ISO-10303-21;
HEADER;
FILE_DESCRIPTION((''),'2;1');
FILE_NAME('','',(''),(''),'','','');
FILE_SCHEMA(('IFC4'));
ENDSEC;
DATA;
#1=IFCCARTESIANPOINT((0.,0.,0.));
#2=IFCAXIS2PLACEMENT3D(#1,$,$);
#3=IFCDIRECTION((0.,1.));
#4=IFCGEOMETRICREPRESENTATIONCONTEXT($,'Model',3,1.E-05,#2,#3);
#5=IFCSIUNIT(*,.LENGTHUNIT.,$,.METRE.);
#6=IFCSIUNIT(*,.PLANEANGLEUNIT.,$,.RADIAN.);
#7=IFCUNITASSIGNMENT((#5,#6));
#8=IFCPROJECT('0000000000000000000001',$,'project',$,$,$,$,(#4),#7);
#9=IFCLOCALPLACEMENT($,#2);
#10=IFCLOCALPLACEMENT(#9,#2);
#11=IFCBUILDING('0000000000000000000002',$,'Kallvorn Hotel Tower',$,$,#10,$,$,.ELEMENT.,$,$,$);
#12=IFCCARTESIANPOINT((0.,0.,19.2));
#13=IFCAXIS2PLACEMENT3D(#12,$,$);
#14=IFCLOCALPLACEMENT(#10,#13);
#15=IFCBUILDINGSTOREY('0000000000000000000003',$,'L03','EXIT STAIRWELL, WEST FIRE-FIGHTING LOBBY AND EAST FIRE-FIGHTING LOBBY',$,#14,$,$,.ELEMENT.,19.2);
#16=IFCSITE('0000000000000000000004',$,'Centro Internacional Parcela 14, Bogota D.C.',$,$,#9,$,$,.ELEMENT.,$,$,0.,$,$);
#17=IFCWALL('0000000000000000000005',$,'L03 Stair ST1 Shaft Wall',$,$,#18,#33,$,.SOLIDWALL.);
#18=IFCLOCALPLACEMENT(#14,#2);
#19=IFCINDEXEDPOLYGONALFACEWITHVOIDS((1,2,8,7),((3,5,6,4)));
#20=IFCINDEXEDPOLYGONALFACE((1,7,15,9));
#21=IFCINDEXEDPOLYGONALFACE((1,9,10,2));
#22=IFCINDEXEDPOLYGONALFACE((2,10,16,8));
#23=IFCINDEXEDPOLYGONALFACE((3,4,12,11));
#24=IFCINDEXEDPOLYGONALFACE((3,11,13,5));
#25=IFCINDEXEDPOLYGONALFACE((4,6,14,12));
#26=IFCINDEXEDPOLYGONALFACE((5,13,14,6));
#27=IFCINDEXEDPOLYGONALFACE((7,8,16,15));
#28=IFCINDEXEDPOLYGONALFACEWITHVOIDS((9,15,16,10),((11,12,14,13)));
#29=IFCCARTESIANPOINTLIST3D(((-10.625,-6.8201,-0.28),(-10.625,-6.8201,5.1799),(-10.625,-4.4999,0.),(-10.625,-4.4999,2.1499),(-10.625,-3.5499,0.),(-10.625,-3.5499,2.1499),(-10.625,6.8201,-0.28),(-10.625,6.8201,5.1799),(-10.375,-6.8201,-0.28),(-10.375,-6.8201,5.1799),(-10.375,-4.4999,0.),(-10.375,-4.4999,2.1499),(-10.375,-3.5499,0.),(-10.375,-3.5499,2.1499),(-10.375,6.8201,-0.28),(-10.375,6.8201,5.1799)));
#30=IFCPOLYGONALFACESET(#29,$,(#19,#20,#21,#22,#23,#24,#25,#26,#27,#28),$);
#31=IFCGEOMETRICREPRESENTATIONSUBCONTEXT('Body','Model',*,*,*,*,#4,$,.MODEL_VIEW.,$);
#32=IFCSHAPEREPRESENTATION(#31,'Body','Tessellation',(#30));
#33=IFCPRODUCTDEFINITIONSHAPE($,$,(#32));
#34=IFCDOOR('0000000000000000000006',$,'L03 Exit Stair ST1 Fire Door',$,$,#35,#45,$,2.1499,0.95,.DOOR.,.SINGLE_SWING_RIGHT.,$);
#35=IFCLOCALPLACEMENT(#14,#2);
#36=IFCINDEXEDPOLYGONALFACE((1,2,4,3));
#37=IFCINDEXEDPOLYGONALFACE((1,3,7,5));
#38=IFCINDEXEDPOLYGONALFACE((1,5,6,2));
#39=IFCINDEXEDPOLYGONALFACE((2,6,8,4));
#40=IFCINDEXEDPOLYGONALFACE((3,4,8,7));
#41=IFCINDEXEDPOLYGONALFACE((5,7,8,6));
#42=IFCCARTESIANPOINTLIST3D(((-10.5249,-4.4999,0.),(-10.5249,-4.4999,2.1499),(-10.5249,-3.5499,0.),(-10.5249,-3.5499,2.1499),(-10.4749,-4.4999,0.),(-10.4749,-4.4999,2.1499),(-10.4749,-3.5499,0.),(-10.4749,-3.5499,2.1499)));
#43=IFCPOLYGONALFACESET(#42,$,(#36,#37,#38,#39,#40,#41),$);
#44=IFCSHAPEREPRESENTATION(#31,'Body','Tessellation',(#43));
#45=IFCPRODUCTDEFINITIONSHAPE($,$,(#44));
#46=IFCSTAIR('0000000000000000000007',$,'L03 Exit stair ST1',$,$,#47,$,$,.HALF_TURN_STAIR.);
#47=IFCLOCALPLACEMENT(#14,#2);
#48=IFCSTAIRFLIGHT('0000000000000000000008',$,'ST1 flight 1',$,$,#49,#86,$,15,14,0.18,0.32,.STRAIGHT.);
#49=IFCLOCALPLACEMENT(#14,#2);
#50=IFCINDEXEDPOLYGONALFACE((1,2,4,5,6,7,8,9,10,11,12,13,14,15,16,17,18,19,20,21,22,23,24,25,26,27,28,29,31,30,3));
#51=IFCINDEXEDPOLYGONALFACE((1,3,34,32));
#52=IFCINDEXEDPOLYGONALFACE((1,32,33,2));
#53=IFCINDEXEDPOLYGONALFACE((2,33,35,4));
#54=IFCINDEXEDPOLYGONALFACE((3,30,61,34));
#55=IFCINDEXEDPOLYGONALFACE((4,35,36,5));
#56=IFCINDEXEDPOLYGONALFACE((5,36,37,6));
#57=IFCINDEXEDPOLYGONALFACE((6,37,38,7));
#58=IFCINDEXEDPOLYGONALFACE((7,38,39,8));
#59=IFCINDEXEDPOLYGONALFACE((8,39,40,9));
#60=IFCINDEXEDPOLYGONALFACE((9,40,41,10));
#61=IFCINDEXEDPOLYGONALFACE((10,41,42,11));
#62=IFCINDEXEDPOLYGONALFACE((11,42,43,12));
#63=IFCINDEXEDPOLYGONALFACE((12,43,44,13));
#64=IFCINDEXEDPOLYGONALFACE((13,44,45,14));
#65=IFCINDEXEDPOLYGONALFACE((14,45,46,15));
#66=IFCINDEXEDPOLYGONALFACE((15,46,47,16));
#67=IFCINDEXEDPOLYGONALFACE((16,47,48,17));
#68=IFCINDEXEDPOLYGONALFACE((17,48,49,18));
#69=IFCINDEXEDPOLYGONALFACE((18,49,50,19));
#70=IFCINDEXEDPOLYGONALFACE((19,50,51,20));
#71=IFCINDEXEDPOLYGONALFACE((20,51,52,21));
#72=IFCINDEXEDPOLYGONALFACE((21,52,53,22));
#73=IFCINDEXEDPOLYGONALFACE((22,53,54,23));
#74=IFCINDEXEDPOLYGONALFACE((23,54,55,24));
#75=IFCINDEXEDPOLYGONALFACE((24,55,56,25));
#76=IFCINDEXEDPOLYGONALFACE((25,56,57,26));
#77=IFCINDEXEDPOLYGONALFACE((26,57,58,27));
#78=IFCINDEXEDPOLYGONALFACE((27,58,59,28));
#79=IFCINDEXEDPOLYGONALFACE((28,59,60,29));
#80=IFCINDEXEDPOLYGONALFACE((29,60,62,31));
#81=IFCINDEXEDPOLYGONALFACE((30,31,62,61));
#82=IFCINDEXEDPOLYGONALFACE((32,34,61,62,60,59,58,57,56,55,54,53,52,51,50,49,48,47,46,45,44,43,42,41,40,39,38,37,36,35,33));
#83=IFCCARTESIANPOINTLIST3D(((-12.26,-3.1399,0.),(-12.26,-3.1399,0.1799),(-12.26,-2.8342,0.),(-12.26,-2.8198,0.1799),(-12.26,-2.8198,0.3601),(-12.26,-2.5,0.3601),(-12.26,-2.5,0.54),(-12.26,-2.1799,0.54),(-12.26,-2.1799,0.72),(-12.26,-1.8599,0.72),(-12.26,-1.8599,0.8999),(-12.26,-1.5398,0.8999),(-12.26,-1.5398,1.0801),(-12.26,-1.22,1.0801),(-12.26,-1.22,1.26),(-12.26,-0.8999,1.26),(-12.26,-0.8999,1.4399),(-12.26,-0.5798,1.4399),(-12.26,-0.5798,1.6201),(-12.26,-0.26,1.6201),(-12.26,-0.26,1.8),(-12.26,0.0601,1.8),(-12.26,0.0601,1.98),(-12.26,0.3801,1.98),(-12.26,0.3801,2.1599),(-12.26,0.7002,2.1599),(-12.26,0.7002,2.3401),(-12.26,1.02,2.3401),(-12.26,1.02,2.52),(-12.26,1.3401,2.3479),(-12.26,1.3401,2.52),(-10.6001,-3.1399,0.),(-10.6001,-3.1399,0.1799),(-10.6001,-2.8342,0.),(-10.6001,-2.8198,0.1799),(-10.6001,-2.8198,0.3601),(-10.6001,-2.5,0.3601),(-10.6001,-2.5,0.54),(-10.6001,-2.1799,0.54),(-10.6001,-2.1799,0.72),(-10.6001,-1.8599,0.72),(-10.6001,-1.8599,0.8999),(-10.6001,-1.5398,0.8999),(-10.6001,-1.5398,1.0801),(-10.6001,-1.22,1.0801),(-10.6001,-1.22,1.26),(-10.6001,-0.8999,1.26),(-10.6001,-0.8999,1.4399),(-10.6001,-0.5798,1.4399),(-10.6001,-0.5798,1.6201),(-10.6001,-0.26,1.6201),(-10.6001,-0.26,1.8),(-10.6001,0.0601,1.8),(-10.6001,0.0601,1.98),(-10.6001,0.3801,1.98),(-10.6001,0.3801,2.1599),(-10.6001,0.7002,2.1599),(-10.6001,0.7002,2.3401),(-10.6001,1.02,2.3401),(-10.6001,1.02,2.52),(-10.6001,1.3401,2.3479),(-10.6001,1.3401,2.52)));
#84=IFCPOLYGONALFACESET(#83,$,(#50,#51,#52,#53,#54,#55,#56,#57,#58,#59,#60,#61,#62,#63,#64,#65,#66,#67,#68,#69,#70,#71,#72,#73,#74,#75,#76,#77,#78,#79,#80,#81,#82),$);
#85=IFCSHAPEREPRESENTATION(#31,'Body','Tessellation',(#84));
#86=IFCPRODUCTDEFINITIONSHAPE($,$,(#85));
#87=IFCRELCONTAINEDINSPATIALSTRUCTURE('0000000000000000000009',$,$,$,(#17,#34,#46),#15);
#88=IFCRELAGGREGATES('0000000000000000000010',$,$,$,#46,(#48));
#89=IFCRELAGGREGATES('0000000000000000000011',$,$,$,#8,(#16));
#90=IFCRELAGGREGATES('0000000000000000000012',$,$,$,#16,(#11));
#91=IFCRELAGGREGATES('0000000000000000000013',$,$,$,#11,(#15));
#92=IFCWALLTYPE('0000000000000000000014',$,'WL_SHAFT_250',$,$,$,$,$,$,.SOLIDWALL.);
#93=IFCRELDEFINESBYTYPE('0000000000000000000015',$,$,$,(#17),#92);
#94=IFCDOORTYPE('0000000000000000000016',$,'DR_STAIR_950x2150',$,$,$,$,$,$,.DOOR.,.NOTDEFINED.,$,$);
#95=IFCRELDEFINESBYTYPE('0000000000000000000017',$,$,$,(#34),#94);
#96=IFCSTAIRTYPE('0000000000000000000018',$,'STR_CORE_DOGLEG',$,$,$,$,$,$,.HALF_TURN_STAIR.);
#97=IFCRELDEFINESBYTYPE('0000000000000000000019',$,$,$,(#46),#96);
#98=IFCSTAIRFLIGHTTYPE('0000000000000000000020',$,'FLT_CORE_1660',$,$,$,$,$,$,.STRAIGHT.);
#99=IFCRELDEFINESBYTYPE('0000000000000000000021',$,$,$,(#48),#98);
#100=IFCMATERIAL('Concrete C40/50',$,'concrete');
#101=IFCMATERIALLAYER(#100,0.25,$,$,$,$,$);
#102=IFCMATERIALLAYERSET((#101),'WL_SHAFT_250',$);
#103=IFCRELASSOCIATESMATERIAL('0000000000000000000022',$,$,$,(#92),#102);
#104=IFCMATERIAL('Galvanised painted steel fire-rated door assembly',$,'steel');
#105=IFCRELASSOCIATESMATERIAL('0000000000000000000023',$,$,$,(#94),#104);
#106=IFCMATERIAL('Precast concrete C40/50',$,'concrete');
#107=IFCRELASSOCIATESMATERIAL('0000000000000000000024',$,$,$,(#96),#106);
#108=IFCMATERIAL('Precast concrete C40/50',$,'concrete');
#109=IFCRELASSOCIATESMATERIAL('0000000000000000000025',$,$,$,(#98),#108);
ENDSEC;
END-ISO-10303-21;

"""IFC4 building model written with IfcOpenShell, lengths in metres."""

from ifc_helpers import new_model, si_unit, direction, frame, frame_2d, origin, place, context, subcontext, project, spatial, polyline, rectangle, outline, extrude, material, layer, layer_set, type_object, element, fill, aggregate, save


model = new_model("IFC4")

# Units and contexts
model_context = context("Model", 3, precision=1e-05, world=origin(), true_north=direction((0.0, 1.0)))
body_context = subcontext(model_context, "Body", "Model", "MODEL_VIEW")
ifc_project = project(units=[si_unit("LENGTHUNIT", "METRE"), si_unit("PLANEANGLEUNIT", "RADIAN")], contexts=[model_context])

# Site, building, storey
site_placement = place(None, origin())
site = spatial("IfcSite", under=ifc_project, at=site_placement, Name="Centro Internacional Parcela 14, Bogota D.C.", CompositionType="ELEMENT", RefElevation=0.0)
building_placement = place(site_placement, origin())
building = spatial("IfcBuilding", under=site, at=building_placement, Name="Kallvorn Hotel Tower", CompositionType="ELEMENT")
storey_placement = place(building_placement, frame((0.0, 0.0, 19.2)))
storey = spatial("IfcBuildingStorey", under=building, at=storey_placement, Name="L03", Description="EXIT STAIRWELL, WEST FIRE-FIGHTING LOBBY AND EAST FIRE-FIGHTING LOBBY", CompositionType="ELEMENT", Elevation=19.2)

# Wall, opening, door
ifc_material_1 = material(Name="Concrete C40/50", Category="concrete")
ifc_layer_1 = layer(ifc_material_1, 0.25)
ifc_layer_set_1 = layer_set([ifc_layer_1], Name="WL_SHAFT_250")
wall_type_1 = type_object("IfcWallType", Name="WL_SHAFT_250", PredefinedType="SOLIDWALL", material=ifc_layer_set_1)
wall_1_placement = place(storey_placement, frame((-10.5, -6.8201, -0.28), z_axis=(0.0, 0.0, 1.0), x_axis=(0.0, 1.0, 0.0)))
wall_1 = element("IfcWall", 1, at=wall_1_placement, inside=storey, type_object=wall_type_1, Name="L03 Stair ST1 Shaft Wall", PredefinedType="SOLIDWALL", context=body_context, shape_type="SweptSolid", body=[
    extrude(rectangle(XDim=13.6401, YDim=0.25, at=frame_2d((6.8201, 0.0))), origin(), (0.0, 0.0, 1.0), 5.46),
])
opening_1_placement = place(wall_1_placement, frame((2.3201, 0.0, 0.28)))
opening_1 = element("IfcOpeningElement", 2, at=opening_1_placement, cuts=wall_1, PredefinedType="OPENING", context=body_context, shape_type="SweptSolid", body=[
    extrude(rectangle(XDim=0.95, YDim=2.1499, at=frame_2d((0.4751, 1.075))), frame((0.0, 0.1399, 0.0), z_axis=(0.0, -1.0, 0.0), x_axis=(1.0, 0.0, 0.0)), (0.0, 0.0, 1.0), 0.28),
])
ifc_material_2 = material(Name="Galvanised painted steel fire-rated door assembly", Category="steel")
door_type_1 = type_object("IfcDoorType", Name="DR_STAIR_950x2150", OperationType="NOTDEFINED", PredefinedType="DOOR", material=ifc_material_2)
door_1_placement = place(opening_1_placement, origin())
door_1 = element("IfcDoor", 3, at=door_1_placement, inside=storey, type_object=door_type_1, Name="L03 Exit Stair ST1 Fire Door", OperationType="SINGLE_SWING_RIGHT", OverallHeight=2.1499, OverallWidth=0.95, PredefinedType="DOOR", context=body_context, shape_type="SweptSolid", body=[
    extrude(rectangle(XDim=0.95, YDim=2.1499, at=frame_2d((0.4751, 1.075))), frame((0.0, 0.0249, 0.0), z_axis=(0.0, -1.0, 0.0), x_axis=(1.0, 0.0, 0.0)), (0.0, 0.0, 1.0), 0.05),
])
fill(opening_1, door_1)

# Stair, stair flight
ifc_material_3 = material(Name="Precast concrete C40/50", Category="concrete")
stair_type = type_object("IfcStairType", Name="STR_CORE_DOGLEG", PredefinedType="HALF_TURN_STAIR", material=ifc_material_3)
stair_placement = place(storey_placement, origin())
stair = element("IfcStair", 4, at=stair_placement, inside=storey, type_object=stair_type, Name="L03 Exit stair ST1", PredefinedType="HALF_TURN_STAIR")
ifc_material_4 = material(Name="Precast concrete C40/50", Category="concrete")
stair_flight_type = type_object("IfcStairFlightType", Name="FLT_CORE_1660", PredefinedType="STRAIGHT", material=ifc_material_4)
stair_flight_placement = place(storey_placement, frame((-11.4299, -3.1399, 0.0), z_axis=(0.0, 0.0, 1.0), x_axis=(0.0, 1.0, 0.0)))
stair_flight = element("IfcStairFlight", 5, at=stair_flight_placement, type_object=stair_flight_type, Name="ST1 flight 1", NumberOfRisers=15, NumberOfTreads=14, PredefinedType="STRAIGHT", RiserHeight=0.18, TreadLength=0.32, context=body_context, shape_type="SweptSolid", body=[
    extrude(outline(polyline([(0.0, 0.0), (0.0, 0.1799), (0.3201, 0.1799), (0.3201, 0.3601), (0.6399, 0.3601), (0.6399, 0.54), (0.96, 0.54), (0.96, 0.72), (1.28, 0.72), (1.28, 0.8999), (1.6001, 0.8999), (1.6001, 1.0801), (1.9199, 1.0801), (1.9199, 1.26), (2.24, 1.26), (2.24, 1.4399), (2.5601, 1.4399), (2.5601, 1.6201), (2.8799, 1.6201), (2.8799, 1.8), (3.2, 1.8), (3.2, 1.98), (3.52, 1.98), (3.52, 2.1599), (3.8401, 2.1599), (3.8401, 2.3401), (4.1599, 2.3401), (4.1599, 2.52), (4.48, 2.52), (4.48, 2.7), (4.48, 2.3479), (0.3057, 0.0), (0.0, 0.0)])), frame((0.0, 0.8301, 0.0), z_axis=(0.0, -1.0, 0.0), x_axis=(1.0, 0.0, 0.0)), (0.0, 0.0, 1.0), 1.6599),
])
aggregate(stair, [stair_flight])

save(model, "model.ifc")
